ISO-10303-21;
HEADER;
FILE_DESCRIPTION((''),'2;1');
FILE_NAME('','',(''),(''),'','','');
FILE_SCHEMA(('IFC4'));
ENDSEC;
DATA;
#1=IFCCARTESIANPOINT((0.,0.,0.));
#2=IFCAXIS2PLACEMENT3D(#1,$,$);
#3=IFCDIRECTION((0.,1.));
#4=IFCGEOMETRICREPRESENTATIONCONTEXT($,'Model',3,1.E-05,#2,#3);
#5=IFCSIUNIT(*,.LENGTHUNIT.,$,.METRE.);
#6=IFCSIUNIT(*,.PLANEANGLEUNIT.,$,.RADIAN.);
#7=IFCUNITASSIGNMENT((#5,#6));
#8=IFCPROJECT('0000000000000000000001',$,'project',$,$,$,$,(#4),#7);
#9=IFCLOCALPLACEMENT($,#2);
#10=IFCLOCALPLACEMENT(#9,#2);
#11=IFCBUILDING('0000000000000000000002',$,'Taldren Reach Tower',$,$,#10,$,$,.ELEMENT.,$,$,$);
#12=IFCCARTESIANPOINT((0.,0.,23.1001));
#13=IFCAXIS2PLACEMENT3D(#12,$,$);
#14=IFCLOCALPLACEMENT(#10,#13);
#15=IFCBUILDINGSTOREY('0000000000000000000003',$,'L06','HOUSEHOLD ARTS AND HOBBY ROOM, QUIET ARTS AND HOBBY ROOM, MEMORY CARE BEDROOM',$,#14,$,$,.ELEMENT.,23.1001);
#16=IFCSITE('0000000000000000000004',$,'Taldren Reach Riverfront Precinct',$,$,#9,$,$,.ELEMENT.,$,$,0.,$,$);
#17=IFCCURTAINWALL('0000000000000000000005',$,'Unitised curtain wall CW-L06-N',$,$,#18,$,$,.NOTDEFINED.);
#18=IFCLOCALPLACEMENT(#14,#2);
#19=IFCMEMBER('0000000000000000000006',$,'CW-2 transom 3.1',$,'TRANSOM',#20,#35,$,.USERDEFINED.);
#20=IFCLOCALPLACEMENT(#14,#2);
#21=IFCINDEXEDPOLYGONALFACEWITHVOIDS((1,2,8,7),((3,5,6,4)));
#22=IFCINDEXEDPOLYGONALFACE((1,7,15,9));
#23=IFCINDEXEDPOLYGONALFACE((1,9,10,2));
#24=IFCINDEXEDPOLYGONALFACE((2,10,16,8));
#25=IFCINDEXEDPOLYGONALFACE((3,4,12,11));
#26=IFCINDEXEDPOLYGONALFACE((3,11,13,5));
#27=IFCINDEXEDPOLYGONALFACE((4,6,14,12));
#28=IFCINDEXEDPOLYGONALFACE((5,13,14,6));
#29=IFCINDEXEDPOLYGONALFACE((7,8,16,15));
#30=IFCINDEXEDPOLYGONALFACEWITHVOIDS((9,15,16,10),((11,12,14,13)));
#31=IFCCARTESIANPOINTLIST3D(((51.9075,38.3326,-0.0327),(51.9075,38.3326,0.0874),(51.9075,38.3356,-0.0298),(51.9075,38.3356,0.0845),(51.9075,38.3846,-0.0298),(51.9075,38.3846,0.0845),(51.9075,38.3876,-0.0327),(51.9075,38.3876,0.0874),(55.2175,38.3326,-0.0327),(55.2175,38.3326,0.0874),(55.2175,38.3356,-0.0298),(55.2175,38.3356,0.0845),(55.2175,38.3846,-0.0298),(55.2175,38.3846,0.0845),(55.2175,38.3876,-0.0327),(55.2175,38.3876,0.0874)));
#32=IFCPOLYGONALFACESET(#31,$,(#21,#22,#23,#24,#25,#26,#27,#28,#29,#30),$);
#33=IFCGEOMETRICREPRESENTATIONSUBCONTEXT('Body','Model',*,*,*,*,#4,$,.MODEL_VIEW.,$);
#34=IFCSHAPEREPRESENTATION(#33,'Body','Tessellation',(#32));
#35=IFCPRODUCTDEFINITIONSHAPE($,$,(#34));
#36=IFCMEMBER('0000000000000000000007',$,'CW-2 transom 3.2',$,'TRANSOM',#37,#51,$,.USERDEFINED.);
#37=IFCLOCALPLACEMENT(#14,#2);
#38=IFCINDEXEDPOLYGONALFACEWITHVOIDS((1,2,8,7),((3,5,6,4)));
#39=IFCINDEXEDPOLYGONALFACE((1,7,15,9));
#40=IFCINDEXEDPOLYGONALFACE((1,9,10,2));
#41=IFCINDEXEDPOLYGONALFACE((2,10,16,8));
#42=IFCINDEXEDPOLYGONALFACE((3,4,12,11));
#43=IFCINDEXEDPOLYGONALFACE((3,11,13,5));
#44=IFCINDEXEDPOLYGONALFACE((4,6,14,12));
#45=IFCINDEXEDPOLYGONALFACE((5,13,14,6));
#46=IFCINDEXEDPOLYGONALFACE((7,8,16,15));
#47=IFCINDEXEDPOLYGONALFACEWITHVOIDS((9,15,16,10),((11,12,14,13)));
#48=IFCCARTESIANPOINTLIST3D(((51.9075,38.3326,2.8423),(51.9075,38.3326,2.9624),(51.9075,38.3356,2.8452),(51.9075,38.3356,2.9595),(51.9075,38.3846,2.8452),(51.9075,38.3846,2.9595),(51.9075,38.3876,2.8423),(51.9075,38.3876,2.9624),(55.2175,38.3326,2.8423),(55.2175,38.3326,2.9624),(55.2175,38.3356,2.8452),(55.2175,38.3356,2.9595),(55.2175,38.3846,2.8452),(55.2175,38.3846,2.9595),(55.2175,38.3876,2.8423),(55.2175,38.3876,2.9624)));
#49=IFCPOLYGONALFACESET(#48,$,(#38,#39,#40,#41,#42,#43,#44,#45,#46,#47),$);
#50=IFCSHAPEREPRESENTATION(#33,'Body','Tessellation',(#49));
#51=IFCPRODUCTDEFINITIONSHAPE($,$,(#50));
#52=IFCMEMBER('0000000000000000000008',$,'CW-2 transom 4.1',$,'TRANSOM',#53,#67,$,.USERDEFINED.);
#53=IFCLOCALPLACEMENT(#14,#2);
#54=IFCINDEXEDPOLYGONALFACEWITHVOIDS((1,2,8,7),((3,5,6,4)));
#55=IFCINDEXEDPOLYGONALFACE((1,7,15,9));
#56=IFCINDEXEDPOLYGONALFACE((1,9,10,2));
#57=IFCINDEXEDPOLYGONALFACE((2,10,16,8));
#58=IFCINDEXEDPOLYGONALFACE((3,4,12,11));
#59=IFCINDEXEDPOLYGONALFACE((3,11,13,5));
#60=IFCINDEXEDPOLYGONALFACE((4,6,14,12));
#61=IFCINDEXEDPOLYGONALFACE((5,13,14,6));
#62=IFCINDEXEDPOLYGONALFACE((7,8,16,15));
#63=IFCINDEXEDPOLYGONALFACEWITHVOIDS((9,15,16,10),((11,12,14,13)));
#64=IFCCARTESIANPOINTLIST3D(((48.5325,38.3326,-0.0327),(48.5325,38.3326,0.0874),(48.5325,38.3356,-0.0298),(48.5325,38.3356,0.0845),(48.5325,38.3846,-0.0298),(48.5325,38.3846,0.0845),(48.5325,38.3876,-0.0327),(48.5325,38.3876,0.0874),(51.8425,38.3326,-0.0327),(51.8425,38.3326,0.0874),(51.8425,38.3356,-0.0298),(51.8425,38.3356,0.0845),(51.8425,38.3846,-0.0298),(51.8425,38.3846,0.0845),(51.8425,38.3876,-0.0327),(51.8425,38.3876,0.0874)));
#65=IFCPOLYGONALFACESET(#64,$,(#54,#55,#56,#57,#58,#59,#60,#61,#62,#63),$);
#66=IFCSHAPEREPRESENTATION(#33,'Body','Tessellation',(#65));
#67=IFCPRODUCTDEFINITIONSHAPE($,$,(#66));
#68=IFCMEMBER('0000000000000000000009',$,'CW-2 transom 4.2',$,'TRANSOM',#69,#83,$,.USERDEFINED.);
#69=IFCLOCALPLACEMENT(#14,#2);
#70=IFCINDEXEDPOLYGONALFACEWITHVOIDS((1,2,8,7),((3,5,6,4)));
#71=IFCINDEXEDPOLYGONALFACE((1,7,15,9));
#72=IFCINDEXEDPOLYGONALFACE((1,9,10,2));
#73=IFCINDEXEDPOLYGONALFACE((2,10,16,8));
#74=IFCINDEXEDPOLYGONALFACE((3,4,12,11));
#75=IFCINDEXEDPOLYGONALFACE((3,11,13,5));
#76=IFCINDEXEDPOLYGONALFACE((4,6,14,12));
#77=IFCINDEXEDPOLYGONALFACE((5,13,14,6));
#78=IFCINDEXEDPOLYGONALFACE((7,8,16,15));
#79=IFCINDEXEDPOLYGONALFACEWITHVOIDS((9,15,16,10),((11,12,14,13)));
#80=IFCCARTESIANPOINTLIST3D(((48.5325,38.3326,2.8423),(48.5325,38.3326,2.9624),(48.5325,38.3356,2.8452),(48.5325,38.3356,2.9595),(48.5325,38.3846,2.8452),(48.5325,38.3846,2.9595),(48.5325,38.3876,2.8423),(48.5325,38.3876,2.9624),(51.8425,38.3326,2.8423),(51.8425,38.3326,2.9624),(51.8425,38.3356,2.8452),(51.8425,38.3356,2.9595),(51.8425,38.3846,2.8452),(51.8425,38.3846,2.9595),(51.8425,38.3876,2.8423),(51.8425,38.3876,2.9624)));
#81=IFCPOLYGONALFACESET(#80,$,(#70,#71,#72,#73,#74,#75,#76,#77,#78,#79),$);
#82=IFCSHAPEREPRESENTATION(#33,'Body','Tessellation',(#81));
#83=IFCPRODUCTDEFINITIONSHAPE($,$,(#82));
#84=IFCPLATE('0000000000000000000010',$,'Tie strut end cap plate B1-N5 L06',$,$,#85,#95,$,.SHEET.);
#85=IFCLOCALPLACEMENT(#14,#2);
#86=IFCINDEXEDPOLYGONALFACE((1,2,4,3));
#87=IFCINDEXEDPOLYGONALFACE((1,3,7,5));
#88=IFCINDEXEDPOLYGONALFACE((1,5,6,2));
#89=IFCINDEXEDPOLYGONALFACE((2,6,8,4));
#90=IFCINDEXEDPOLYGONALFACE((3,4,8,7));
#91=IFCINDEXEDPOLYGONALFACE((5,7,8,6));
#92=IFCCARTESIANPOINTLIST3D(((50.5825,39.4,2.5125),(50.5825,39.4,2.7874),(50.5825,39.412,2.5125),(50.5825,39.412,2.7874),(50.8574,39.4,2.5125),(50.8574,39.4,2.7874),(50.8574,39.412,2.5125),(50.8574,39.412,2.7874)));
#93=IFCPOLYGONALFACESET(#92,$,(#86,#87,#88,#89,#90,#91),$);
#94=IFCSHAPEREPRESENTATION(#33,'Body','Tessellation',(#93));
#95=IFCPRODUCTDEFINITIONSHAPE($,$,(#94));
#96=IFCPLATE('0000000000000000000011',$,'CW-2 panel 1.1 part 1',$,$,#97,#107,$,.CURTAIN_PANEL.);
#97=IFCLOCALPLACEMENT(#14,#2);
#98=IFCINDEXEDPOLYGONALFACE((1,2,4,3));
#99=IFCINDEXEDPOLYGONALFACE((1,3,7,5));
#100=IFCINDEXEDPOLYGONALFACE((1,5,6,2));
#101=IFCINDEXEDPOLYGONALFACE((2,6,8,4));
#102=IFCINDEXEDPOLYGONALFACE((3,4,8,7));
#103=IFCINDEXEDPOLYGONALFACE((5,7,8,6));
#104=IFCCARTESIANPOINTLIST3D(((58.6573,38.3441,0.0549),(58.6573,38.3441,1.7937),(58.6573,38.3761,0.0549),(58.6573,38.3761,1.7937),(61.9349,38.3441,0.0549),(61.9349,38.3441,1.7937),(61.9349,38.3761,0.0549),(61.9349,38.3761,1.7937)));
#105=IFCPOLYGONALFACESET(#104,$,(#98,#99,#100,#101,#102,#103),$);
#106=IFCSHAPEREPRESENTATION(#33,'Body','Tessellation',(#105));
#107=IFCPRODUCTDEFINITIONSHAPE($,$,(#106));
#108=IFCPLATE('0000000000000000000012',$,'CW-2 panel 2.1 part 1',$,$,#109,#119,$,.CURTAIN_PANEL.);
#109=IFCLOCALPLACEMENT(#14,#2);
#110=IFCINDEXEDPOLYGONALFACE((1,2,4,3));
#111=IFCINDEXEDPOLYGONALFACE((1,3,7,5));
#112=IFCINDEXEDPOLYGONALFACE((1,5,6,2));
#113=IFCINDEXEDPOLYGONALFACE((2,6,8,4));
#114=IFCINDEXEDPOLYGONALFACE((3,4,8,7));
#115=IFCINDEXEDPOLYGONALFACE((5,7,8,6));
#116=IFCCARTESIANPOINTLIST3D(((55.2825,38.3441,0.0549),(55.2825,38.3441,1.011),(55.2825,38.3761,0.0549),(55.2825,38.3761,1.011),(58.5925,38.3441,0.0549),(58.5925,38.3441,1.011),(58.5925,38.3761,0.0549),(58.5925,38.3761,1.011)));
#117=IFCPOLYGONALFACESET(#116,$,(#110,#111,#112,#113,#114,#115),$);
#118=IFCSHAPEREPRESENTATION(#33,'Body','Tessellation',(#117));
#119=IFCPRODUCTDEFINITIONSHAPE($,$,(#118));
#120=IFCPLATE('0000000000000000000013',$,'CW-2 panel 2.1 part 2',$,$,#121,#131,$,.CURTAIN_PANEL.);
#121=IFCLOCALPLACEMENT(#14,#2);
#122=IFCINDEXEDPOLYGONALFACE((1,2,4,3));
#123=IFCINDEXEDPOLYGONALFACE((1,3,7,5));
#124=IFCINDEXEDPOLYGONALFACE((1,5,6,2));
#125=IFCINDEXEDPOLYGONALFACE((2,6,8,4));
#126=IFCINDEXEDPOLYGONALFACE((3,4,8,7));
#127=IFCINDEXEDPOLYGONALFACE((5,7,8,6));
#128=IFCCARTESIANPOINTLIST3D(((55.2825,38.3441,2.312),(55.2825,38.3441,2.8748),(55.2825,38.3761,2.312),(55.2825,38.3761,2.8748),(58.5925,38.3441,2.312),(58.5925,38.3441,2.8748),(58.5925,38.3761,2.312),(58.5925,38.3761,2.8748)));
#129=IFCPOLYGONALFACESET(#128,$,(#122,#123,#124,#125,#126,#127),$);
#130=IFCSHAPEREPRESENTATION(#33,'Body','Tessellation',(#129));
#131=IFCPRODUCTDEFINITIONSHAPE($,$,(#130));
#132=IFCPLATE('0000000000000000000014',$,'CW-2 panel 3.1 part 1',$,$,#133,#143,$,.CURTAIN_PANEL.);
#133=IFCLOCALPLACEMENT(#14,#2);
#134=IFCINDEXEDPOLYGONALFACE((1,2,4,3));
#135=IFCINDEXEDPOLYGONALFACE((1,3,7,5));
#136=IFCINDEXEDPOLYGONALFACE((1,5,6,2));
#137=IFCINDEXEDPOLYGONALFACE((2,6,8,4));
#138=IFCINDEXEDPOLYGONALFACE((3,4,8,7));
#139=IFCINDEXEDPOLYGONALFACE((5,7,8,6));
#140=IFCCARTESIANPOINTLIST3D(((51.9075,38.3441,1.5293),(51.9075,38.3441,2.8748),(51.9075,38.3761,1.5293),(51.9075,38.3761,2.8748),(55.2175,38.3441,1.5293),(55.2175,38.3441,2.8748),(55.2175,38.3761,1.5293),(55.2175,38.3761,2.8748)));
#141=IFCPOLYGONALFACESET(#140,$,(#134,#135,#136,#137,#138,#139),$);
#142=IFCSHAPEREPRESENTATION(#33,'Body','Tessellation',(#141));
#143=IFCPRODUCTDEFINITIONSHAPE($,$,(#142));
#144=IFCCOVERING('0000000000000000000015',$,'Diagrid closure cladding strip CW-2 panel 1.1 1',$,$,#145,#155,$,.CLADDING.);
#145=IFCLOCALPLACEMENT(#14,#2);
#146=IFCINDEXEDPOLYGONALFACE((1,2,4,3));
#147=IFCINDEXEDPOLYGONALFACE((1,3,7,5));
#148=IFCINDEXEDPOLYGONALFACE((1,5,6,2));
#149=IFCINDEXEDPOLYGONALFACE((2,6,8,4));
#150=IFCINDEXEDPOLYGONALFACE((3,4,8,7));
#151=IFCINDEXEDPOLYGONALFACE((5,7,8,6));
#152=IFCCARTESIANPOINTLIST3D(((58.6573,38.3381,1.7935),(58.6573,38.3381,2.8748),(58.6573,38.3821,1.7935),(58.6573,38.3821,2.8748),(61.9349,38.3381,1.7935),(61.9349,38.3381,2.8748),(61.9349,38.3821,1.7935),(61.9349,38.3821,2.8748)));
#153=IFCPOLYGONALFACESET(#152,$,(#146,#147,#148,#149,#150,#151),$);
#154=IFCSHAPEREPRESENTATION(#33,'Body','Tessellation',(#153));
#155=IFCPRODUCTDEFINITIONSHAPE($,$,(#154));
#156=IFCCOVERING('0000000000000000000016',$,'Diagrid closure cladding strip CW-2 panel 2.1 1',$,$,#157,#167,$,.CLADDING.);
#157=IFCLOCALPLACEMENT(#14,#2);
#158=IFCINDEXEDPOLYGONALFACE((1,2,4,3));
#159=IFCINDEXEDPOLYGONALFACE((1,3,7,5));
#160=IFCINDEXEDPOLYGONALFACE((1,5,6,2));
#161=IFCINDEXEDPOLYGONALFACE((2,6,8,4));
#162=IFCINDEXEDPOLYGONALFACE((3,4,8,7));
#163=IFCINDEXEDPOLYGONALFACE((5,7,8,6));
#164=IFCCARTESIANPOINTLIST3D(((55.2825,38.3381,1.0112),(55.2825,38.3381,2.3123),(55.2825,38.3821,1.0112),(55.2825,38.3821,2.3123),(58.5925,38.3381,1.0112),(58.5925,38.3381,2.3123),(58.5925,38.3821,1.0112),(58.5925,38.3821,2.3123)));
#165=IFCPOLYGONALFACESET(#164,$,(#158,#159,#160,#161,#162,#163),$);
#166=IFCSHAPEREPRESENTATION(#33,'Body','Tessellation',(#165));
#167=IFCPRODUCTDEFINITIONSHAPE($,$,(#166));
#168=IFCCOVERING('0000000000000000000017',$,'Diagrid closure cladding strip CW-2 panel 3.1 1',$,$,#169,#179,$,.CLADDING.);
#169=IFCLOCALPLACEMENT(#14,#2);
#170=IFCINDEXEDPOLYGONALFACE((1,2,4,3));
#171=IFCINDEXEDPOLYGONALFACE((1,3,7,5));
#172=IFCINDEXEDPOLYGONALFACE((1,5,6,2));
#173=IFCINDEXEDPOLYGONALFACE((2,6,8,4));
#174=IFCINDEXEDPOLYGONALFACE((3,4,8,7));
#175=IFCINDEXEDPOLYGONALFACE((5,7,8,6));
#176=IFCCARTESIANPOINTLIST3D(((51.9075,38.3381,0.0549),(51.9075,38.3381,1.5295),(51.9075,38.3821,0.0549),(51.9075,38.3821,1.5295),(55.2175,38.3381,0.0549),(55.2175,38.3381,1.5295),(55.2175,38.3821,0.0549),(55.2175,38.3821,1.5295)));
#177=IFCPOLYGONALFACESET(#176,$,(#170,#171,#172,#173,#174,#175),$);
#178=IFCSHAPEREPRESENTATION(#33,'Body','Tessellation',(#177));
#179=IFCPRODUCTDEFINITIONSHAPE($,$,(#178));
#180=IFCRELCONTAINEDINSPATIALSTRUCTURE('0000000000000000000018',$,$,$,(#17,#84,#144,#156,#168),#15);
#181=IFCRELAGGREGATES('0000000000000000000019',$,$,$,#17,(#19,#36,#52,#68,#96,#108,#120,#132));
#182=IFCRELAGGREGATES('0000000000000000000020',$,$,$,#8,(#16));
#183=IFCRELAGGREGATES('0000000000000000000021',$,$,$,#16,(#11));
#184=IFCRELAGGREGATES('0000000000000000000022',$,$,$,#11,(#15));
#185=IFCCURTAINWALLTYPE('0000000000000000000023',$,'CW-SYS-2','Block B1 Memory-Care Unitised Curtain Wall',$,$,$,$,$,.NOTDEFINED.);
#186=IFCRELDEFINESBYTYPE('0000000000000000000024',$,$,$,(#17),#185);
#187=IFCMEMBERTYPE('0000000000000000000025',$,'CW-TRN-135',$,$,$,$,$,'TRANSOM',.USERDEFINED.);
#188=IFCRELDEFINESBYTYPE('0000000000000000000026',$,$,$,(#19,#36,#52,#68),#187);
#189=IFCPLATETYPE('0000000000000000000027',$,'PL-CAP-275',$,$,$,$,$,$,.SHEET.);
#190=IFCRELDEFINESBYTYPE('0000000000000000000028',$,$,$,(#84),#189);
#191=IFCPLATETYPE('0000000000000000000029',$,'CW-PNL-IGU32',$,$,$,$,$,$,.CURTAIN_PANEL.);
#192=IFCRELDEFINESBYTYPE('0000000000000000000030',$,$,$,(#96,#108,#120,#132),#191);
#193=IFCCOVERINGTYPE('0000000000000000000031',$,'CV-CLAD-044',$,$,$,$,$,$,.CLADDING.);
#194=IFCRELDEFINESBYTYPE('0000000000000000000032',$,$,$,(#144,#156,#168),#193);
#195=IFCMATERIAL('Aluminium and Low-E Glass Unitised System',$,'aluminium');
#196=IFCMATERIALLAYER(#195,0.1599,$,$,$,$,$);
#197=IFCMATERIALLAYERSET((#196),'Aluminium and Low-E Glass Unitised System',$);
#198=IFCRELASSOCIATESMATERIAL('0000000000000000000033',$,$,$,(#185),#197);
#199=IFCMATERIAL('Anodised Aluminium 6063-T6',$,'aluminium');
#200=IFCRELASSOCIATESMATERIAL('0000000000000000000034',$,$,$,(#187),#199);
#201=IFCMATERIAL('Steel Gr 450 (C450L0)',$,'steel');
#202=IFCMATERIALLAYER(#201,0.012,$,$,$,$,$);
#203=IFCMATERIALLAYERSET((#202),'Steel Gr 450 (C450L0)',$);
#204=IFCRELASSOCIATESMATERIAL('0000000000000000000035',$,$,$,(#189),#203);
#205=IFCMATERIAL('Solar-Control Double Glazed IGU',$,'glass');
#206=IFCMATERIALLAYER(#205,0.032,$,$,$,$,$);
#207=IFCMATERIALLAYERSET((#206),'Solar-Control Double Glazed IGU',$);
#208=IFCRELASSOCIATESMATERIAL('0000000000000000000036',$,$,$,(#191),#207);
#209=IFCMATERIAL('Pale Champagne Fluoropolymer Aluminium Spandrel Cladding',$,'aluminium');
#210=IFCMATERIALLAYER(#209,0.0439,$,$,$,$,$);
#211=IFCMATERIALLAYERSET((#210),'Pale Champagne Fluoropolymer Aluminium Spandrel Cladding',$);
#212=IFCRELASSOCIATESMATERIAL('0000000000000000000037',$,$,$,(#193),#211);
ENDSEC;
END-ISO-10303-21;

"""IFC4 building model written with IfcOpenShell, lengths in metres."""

from ifc_helpers import new_model, si_unit, direction, frame, origin, origin_2d, place, context, subcontext, project, spatial, rectangle, hollow_rectangle, extrude, source, transform, mapped, material, layer, layer_set, material_profile, profile_set, type_object, element, aggregate, save


model = new_model("IFC4")

# Units and contexts
model_context = context("Model", 3, precision=1e-05, world=origin(), true_north=direction((0.0, 1.0)))
body_context = subcontext(model_context, "Body", "Model", "MODEL_VIEW")
ifc_project = project(units=[si_unit("LENGTHUNIT", "METRE"), si_unit("PLANEANGLEUNIT", "RADIAN")], contexts=[model_context])

# Site, building, storey
site_placement = place(None, origin())
site = spatial("IfcSite", under=ifc_project, at=site_placement, Name="Taldren Reach Riverfront Precinct", CompositionType="ELEMENT", RefElevation=0.0)
building_placement = place(site_placement, origin())
building = spatial("IfcBuilding", under=site, at=building_placement, Name="Taldren Reach Tower", CompositionType="ELEMENT")
storey_placement = place(building_placement, frame((0.0, 0.0, 23.1001)))
storey = spatial("IfcBuildingStorey", under=building, at=storey_placement, Name="L06", Description="HOUSEHOLD ARTS AND HOBBY ROOM, QUIET ARTS AND HOBBY ROOM, MEMORY CARE BEDROOM", CompositionType="ELEMENT", Elevation=23.1001)

# Shared definitions
ifc_material_1 = material(Name="Steel Gr 450 (C450L0)", Category="steel")

# Curtain wall, members
ifc_material_2 = material(Name="Aluminium and Low-E Glass Unitised System", Category="aluminium")
ifc_layer_1 = layer(ifc_material_2, 0.1599)
ifc_layer_set_1 = layer_set([ifc_layer_1], Name="Aluminium and Low-E Glass Unitised System")
curtain_wall_type = type_object("IfcCurtainWallType", Name="CW-SYS-2", Description="Block B1 Memory-Care Unitised Curtain Wall", PredefinedType="NOTDEFINED", material=ifc_layer_set_1)
curtain_wall_placement = place(storey_placement, origin())
curtain_wall = element("IfcCurtainWall", 1, at=curtain_wall_placement, inside=storey, type_object=curtain_wall_type, Name="Unitised curtain wall CW-L06-N", PredefinedType="NOTDEFINED")
ifc_material_3 = material(Name="Anodised Aluminium 6063-T6", Category="aluminium")
ifc_material_profile_1 = material_profile(ifc_material_3, hollow_rectangle(XDim=0.0549, YDim=0.1201, WallThickness=0.0029, at=origin_2d()), Name="ALU-120x55x3RHS")
ifc_profile_set_1 = profile_set([ifc_material_profile_1], Name="Anodised Aluminium 6063-T6")
member_type_1 = type_object("IfcMemberType", Name="CW-TRN-135", ElementType="TRANSOM", PredefinedType="USERDEFINED", material=ifc_profile_set_1)
shared_shape_1 = source(origin(), body_context, "Body", "SweptSolid", [
    extrude(hollow_rectangle(XDim=0.0549, YDim=0.1201, WallThickness=0.0029, at=origin_2d()), origin(), (0.0, 0.0, 1.0), 3.3101),
])
member_1_placement = place(storey_placement, frame((55.2175, 38.3601, 0.0273), z_axis=(-1.0, 0.0, 0.0), x_axis=(0.0, -1.0, 0.0)))
member_1 = element("IfcMember", 2, at=member_1_placement, type_object=member_type_1, Name="CW-2 transom 3.1", ObjectType="TRANSOM", PredefinedType="USERDEFINED", context=body_context, shape_type="MappedRepresentation", body=[
    mapped(shared_shape_1, transform((0.0, 0.0, 0.0), scale=1.0)),
])
member_2_placement = place(storey_placement, frame((55.2175, 38.3601, 2.9023), z_axis=(-1.0, 0.0, 0.0), x_axis=(0.0, -1.0, 0.0)))
member_2 = element("IfcMember", 3, at=member_2_placement, type_object=member_type_1, Name="CW-2 transom 3.2", ObjectType="TRANSOM", PredefinedType="USERDEFINED", context=body_context, shape_type="MappedRepresentation", body=[
    mapped(shared_shape_1, transform((0.0, 0.0, 0.0), scale=1.0)),
])
member_3_placement = place(storey_placement, frame((51.8425, 38.3601, 0.0273), z_axis=(-1.0, 0.0, 0.0), x_axis=(0.0, -1.0, 0.0)))
member_3 = element("IfcMember", 4, at=member_3_placement, type_object=member_type_1, Name="CW-2 transom 4.1", ObjectType="TRANSOM", PredefinedType="USERDEFINED", context=body_context, shape_type="MappedRepresentation", body=[
    mapped(shared_shape_1, transform((0.0, 0.0, 0.0), scale=1.0)),
])
member_4_placement = place(storey_placement, frame((51.8425, 38.3601, 2.9023), z_axis=(-1.0, 0.0, 0.0), x_axis=(0.0, -1.0, 0.0)))
member_4 = element("IfcMember", 5, at=member_4_placement, type_object=member_type_1, Name="CW-2 transom 4.2", ObjectType="TRANSOM", PredefinedType="USERDEFINED", context=body_context, shape_type="MappedRepresentation", body=[
    mapped(shared_shape_1, transform((0.0, 0.0, 0.0), scale=1.0)),
])

# Plates
ifc_layer_2 = layer(ifc_material_1, 0.012)
ifc_layer_set_2 = layer_set([ifc_layer_2], Name="Steel Gr 450 (C450L0)")
plate_type_1 = type_object("IfcPlateType", Name="PL-CAP-275", PredefinedType="SHEET", material=ifc_layer_set_2)
shared_shape_2 = source(origin(), body_context, "Body", "SweptSolid", [
    extrude(rectangle(XDim=0.2749, YDim=0.012, at=origin_2d()), origin(), (0.0, 0.0, 1.0), 0.2749),
])
plate_1_placement = place(storey_placement, frame((50.72, 39.406, 2.5125), z_axis=(0.0, 0.0, 1.0), x_axis=(1.0, 0.0, 0.0)))
element("IfcPlate", 6, at=plate_1_placement, inside=storey, type_object=plate_type_1, Name="Tie strut end cap plate B1-N5 L06", PredefinedType="SHEET", context=body_context, shape_type="MappedRepresentation", body=[
    mapped(shared_shape_2, transform((0.0, 0.0, 0.0), scale=1.0)),
])
ifc_material_4 = material(Name="Solar-Control Double Glazed IGU", Category="glass")
ifc_layer_3 = layer(ifc_material_4, 0.032)
ifc_layer_set_3 = layer_set([ifc_layer_3], Name="Solar-Control Double Glazed IGU")
plate_type_2 = type_object("IfcPlateType", Name="CW-PNL-IGU32", PredefinedType="CURTAIN_PANEL", material=ifc_layer_set_3)
shared_shape_3 = source(origin(), body_context, "Body", "SweptSolid", [
    extrude(rectangle(XDim=3.2776, YDim=0.032, at=origin_2d()), origin(), (0.0, 0.0, 1.0), 1.7388),
])
plate_2_placement = place(storey_placement, frame((60.2961, 38.3601, 0.0549), z_axis=(0.0, 0.0, 1.0), x_axis=(-1.0, 0.0, 0.0)))
plate_2 = element("IfcPlate", 7, at=plate_2_placement, type_object=plate_type_2, Name="CW-2 panel 1.1 part 1", PredefinedType="CURTAIN_PANEL", context=body_context, shape_type="MappedRepresentation", body=[
    mapped(shared_shape_3, transform((0.0, 0.0, 0.0), scale=1.0)),
])
shared_shape_4 = source(origin(), body_context, "Body", "SweptSolid", [
    extrude(rectangle(XDim=3.3101, YDim=0.032, at=origin_2d()), origin(), (0.0, 0.0, 1.0), 0.9561),
])
plate_3_placement = place(storey_placement, frame((56.9375, 38.3601, 0.0549), z_axis=(0.0, 0.0, 1.0), x_axis=(-1.0, 0.0, 0.0)))
plate_3 = element("IfcPlate", 8, at=plate_3_placement, type_object=plate_type_2, Name="CW-2 panel 2.1 part 1", PredefinedType="CURTAIN_PANEL", context=body_context, shape_type="MappedRepresentation", body=[
    mapped(shared_shape_4, transform((0.0, 0.0, 0.0), scale=1.0)),
])
shared_shape_5 = source(origin(), body_context, "Body", "SweptSolid", [
    extrude(rectangle(XDim=3.3101, YDim=0.032, at=origin_2d()), origin(), (0.0, 0.0, 1.0), 0.5627),
])
plate_4_placement = place(storey_placement, frame((56.9375, 38.3601, 2.312), z_axis=(0.0, 0.0, 1.0), x_axis=(-1.0, 0.0, 0.0)))
plate_4 = element("IfcPlate", 9, at=plate_4_placement, type_object=plate_type_2, Name="CW-2 panel 2.1 part 2", PredefinedType="CURTAIN_PANEL", context=body_context, shape_type="MappedRepresentation", body=[
    mapped(shared_shape_5, transform((0.0, 0.0, 0.0), scale=1.0)),
])
shared_shape_6 = source(origin(), body_context, "Body", "SweptSolid", [
    extrude(rectangle(XDim=3.3101, YDim=0.032, at=origin_2d()), origin(), (0.0, 0.0, 1.0), 1.3455),
])
plate_5_placement = place(storey_placement, frame((53.5625, 38.3601, 1.5293), z_axis=(0.0, 0.0, 1.0), x_axis=(-1.0, 0.0, 0.0)))
plate_5 = element("IfcPlate", 10, at=plate_5_placement, type_object=plate_type_2, Name="CW-2 panel 3.1 part 1", PredefinedType="CURTAIN_PANEL", context=body_context, shape_type="MappedRepresentation", body=[
    mapped(shared_shape_6, transform((0.0, 0.0, 0.0), scale=1.0)),
])
aggregate(curtain_wall, [member_1, member_2, member_3, member_4, plate_2, plate_3, plate_4, plate_5])

# Coverings
ifc_material_5 = material(Name="Pale Champagne Fluoropolymer Aluminium Spandrel Cladding", Category="aluminium")
ifc_layer_4 = layer(ifc_material_5, 0.0439)
ifc_layer_set_4 = layer_set([ifc_layer_4], Name="Pale Champagne Fluoropolymer Aluminium Spandrel Cladding")
covering_type = type_object("IfcCoveringType", Name="CV-CLAD-044", PredefinedType="CLADDING", material=ifc_layer_set_4)
shared_shape_7 = source(origin(), body_context, "Body", "SweptSolid", [
    extrude(rectangle(XDim=3.2776, YDim=0.0439, at=origin_2d()), origin(), (0.0, 0.0, 1.0), 1.0813),
])
covering_1_placement = place(storey_placement, frame((60.2961, 38.3601, 1.7935), z_axis=(0.0, 0.0, 1.0), x_axis=(-1.0, 0.0, 0.0)))
element("IfcCovering", 11, at=covering_1_placement, inside=storey, type_object=covering_type, Name="Diagrid closure cladding strip CW-2 panel 1.1 1", PredefinedType="CLADDING", context=body_context, shape_type="MappedRepresentation", body=[
    mapped(shared_shape_7, transform((0.0, 0.0, 0.0), scale=1.0)),
])
shared_shape_8 = source(origin(), body_context, "Body", "SweptSolid", [
    extrude(rectangle(XDim=3.3101, YDim=0.0439, at=origin_2d()), origin(), (0.0, 0.0, 1.0), 1.301),
])
covering_2_placement = place(storey_placement, frame((56.9375, 38.3601, 1.0112), z_axis=(0.0, 0.0, 1.0), x_axis=(-1.0, 0.0, 0.0)))
element("IfcCovering", 12, at=covering_2_placement, inside=storey, type_object=covering_type, Name="Diagrid closure cladding strip CW-2 panel 2.1 1", PredefinedType="CLADDING", context=body_context, shape_type="MappedRepresentation", body=[
    mapped(shared_shape_8, transform((0.0, 0.0, 0.0), scale=1.0)),
])
shared_shape_9 = source(origin(), body_context, "Body", "SweptSolid", [
    extrude(rectangle(XDim=3.3101, YDim=0.0439, at=origin_2d()), origin(), (0.0, 0.0, 1.0), 1.4746),
])
covering_3_placement = place(storey_placement, frame((53.5625, 38.3601, 0.0549), z_axis=(0.0, 0.0, 1.0), x_axis=(-1.0, 0.0, 0.0)))
element("IfcCovering", 13, at=covering_3_placement, inside=storey, type_object=covering_type, Name="Diagrid closure cladding strip CW-2 panel 3.1 1", PredefinedType="CLADDING", context=body_context, shape_type="MappedRepresentation", body=[
    mapped(shared_shape_9, transform((0.0, 0.0, 0.0), scale=1.0)),
])

save(model, "model.ifc")
